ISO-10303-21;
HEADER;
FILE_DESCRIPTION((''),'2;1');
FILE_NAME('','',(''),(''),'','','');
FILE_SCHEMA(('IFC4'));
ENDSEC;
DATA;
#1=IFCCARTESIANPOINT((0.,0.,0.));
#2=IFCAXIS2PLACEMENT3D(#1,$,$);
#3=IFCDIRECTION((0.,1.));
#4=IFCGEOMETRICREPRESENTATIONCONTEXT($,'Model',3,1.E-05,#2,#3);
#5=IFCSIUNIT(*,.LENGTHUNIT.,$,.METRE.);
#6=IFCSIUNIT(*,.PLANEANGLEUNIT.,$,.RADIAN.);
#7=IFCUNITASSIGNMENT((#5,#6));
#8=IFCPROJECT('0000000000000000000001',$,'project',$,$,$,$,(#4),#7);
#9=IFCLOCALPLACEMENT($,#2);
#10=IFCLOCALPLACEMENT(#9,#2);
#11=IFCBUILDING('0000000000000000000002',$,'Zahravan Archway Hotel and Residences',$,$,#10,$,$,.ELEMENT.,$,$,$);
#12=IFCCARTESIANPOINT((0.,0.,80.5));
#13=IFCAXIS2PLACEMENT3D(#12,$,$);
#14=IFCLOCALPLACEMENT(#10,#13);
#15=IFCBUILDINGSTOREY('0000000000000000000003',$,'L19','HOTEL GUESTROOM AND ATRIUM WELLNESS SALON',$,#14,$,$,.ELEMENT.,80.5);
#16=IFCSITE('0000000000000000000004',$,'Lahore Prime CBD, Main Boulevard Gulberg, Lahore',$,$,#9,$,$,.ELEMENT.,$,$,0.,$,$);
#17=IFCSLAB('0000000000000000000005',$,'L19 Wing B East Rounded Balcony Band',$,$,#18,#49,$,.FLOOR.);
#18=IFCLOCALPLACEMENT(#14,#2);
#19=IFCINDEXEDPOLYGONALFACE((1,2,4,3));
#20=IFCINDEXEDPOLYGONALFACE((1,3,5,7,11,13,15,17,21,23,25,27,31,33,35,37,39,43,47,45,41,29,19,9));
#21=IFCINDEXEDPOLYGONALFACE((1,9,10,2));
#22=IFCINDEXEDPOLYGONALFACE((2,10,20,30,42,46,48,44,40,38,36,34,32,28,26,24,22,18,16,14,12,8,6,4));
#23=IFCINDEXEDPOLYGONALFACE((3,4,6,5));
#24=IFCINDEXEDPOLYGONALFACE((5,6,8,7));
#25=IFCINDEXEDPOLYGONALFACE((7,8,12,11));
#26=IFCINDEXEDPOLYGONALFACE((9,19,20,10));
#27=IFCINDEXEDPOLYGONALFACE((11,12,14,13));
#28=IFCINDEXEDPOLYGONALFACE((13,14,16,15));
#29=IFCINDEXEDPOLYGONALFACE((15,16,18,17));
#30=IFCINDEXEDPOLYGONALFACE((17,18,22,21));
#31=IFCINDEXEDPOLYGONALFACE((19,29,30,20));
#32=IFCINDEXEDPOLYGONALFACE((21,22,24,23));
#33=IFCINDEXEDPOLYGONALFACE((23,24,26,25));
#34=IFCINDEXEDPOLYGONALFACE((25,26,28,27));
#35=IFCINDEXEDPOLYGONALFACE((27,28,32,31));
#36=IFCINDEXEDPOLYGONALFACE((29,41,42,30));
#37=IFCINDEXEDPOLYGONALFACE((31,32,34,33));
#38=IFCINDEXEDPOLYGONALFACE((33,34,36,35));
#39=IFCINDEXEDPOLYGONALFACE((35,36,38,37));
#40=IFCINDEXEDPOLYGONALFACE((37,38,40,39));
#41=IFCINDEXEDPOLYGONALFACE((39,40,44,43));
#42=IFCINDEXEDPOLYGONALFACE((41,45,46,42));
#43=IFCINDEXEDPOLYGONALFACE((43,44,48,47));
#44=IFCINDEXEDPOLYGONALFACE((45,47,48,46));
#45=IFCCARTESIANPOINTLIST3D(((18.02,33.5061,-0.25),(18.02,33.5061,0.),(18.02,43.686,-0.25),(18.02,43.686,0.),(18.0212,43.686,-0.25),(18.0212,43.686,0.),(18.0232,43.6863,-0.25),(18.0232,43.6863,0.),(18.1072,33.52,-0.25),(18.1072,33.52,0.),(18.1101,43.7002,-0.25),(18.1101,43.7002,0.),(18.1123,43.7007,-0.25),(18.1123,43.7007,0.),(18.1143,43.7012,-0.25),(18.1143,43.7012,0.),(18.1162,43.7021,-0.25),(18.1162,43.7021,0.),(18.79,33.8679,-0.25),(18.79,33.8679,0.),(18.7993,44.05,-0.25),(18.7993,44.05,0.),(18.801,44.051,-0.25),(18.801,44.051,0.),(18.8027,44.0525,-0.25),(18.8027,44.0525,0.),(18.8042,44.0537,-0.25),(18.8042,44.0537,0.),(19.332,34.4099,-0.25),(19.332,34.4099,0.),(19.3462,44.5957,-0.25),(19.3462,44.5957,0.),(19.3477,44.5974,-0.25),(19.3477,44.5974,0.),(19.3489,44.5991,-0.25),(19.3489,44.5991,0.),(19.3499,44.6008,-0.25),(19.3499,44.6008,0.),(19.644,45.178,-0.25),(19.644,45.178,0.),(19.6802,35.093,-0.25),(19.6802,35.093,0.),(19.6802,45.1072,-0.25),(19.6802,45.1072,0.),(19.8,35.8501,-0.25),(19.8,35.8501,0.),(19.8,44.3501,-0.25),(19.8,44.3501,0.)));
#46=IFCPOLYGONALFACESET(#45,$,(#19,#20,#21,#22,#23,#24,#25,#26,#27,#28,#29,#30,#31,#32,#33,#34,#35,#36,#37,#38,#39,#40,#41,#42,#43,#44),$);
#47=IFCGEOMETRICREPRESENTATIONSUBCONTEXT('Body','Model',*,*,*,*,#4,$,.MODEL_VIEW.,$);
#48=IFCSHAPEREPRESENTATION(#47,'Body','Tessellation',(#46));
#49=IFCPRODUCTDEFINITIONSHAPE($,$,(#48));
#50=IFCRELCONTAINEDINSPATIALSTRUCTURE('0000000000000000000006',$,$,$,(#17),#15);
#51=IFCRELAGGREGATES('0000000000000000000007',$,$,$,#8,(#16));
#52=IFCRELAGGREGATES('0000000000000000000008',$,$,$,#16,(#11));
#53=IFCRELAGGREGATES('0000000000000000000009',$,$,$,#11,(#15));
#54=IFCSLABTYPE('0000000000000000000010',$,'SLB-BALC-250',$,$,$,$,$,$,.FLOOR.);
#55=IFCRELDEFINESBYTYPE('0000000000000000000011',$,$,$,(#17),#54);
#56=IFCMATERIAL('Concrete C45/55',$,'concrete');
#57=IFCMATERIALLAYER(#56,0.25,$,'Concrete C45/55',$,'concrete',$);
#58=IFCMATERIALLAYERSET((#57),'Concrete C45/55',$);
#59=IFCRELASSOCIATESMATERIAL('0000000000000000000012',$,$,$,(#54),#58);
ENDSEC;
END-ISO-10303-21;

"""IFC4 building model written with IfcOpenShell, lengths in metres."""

from ifc_helpers import new_model, si_unit, direction, frame, origin, place, context, subcontext, project, spatial, polyline, outline, extrude, material, layer, layer_set, type_object, element, save


model = new_model("IFC4")

# Units and contexts
model_context = context("Model", 3, precision=1e-05, world=origin(), true_north=direction((0.0, 1.0)))
body_context = subcontext(model_context, "Body", "Model", "MODEL_VIEW")
ifc_project = project(units=[si_unit("LENGTHUNIT", "METRE"), si_unit("PLANEANGLEUNIT", "RADIAN")], contexts=[model_context])

# Site, building, storey
site_placement = place(None, origin())
site = spatial("IfcSite", under=ifc_project, at=site_placement, Name="Lahore Prime CBD, Main Boulevard Gulberg, Lahore", CompositionType="ELEMENT", RefElevation=0.0)
building_placement = place(site_placement, origin())
building = spatial("IfcBuilding", under=site, at=building_placement, Name="Zahravan Archway Hotel and Residences", CompositionType="ELEMENT")
storey_placement = place(building_placement, frame((0.0, 0.0, 80.5)))
storey = spatial("IfcBuildingStorey", under=building, at=storey_placement, Name="L19", Description="HOTEL GUESTROOM AND ATRIUM WELLNESS SALON", CompositionType="ELEMENT", Elevation=80.5)

# Slab
ifc_material_1 = material(Name="Concrete C45/55", Category="concrete")
ifc_layer_1 = layer(ifc_material_1, 0.25, Name="Concrete C45/55", Category="concrete")
ifc_layer_set_1 = layer_set([ifc_layer_1], Name="Concrete C45/55")
slab_type_1 = type_object("IfcSlabType", Name="SLB-BALC-250", PredefinedType="FLOOR", material=ifc_layer_set_1)
slab_1_placement = place(storey_placement, frame((0.0, 0.0, -0.25)))
element("IfcSlab", 1, at=slab_1_placement, inside=storey, type_object=slab_type_1, Name="L19 Wing B East Rounded Balcony Band", PredefinedType="FLOOR", context=body_context, shape_type="SweptSolid", body=[
    extrude(outline(polyline([(19.6802, 45.1072), (19.8, 44.3501), (19.8, 35.8501), (19.6802, 35.093), (19.332, 34.4099), (18.79, 33.8679), (18.1072, 33.52), (18.02, 33.5061), (18.02, 43.686), (18.0212, 43.686), (18.0232, 43.6863), (18.1101, 43.7002), (18.1123, 43.7007), (18.1143, 43.7012), (18.1162, 43.7021), (18.7993, 44.05), (18.801, 44.051), (18.8027, 44.0525), (18.8042, 44.0537), (19.3462, 44.5957), (19.3477, 44.5974), (19.3489, 44.5991), (19.3499, 44.6008), (19.644, 45.178), (19.6802, 45.1072)])), origin(), (0.0, 0.0, 1.0), 0.25),
])

save(model, "model.ifc")
